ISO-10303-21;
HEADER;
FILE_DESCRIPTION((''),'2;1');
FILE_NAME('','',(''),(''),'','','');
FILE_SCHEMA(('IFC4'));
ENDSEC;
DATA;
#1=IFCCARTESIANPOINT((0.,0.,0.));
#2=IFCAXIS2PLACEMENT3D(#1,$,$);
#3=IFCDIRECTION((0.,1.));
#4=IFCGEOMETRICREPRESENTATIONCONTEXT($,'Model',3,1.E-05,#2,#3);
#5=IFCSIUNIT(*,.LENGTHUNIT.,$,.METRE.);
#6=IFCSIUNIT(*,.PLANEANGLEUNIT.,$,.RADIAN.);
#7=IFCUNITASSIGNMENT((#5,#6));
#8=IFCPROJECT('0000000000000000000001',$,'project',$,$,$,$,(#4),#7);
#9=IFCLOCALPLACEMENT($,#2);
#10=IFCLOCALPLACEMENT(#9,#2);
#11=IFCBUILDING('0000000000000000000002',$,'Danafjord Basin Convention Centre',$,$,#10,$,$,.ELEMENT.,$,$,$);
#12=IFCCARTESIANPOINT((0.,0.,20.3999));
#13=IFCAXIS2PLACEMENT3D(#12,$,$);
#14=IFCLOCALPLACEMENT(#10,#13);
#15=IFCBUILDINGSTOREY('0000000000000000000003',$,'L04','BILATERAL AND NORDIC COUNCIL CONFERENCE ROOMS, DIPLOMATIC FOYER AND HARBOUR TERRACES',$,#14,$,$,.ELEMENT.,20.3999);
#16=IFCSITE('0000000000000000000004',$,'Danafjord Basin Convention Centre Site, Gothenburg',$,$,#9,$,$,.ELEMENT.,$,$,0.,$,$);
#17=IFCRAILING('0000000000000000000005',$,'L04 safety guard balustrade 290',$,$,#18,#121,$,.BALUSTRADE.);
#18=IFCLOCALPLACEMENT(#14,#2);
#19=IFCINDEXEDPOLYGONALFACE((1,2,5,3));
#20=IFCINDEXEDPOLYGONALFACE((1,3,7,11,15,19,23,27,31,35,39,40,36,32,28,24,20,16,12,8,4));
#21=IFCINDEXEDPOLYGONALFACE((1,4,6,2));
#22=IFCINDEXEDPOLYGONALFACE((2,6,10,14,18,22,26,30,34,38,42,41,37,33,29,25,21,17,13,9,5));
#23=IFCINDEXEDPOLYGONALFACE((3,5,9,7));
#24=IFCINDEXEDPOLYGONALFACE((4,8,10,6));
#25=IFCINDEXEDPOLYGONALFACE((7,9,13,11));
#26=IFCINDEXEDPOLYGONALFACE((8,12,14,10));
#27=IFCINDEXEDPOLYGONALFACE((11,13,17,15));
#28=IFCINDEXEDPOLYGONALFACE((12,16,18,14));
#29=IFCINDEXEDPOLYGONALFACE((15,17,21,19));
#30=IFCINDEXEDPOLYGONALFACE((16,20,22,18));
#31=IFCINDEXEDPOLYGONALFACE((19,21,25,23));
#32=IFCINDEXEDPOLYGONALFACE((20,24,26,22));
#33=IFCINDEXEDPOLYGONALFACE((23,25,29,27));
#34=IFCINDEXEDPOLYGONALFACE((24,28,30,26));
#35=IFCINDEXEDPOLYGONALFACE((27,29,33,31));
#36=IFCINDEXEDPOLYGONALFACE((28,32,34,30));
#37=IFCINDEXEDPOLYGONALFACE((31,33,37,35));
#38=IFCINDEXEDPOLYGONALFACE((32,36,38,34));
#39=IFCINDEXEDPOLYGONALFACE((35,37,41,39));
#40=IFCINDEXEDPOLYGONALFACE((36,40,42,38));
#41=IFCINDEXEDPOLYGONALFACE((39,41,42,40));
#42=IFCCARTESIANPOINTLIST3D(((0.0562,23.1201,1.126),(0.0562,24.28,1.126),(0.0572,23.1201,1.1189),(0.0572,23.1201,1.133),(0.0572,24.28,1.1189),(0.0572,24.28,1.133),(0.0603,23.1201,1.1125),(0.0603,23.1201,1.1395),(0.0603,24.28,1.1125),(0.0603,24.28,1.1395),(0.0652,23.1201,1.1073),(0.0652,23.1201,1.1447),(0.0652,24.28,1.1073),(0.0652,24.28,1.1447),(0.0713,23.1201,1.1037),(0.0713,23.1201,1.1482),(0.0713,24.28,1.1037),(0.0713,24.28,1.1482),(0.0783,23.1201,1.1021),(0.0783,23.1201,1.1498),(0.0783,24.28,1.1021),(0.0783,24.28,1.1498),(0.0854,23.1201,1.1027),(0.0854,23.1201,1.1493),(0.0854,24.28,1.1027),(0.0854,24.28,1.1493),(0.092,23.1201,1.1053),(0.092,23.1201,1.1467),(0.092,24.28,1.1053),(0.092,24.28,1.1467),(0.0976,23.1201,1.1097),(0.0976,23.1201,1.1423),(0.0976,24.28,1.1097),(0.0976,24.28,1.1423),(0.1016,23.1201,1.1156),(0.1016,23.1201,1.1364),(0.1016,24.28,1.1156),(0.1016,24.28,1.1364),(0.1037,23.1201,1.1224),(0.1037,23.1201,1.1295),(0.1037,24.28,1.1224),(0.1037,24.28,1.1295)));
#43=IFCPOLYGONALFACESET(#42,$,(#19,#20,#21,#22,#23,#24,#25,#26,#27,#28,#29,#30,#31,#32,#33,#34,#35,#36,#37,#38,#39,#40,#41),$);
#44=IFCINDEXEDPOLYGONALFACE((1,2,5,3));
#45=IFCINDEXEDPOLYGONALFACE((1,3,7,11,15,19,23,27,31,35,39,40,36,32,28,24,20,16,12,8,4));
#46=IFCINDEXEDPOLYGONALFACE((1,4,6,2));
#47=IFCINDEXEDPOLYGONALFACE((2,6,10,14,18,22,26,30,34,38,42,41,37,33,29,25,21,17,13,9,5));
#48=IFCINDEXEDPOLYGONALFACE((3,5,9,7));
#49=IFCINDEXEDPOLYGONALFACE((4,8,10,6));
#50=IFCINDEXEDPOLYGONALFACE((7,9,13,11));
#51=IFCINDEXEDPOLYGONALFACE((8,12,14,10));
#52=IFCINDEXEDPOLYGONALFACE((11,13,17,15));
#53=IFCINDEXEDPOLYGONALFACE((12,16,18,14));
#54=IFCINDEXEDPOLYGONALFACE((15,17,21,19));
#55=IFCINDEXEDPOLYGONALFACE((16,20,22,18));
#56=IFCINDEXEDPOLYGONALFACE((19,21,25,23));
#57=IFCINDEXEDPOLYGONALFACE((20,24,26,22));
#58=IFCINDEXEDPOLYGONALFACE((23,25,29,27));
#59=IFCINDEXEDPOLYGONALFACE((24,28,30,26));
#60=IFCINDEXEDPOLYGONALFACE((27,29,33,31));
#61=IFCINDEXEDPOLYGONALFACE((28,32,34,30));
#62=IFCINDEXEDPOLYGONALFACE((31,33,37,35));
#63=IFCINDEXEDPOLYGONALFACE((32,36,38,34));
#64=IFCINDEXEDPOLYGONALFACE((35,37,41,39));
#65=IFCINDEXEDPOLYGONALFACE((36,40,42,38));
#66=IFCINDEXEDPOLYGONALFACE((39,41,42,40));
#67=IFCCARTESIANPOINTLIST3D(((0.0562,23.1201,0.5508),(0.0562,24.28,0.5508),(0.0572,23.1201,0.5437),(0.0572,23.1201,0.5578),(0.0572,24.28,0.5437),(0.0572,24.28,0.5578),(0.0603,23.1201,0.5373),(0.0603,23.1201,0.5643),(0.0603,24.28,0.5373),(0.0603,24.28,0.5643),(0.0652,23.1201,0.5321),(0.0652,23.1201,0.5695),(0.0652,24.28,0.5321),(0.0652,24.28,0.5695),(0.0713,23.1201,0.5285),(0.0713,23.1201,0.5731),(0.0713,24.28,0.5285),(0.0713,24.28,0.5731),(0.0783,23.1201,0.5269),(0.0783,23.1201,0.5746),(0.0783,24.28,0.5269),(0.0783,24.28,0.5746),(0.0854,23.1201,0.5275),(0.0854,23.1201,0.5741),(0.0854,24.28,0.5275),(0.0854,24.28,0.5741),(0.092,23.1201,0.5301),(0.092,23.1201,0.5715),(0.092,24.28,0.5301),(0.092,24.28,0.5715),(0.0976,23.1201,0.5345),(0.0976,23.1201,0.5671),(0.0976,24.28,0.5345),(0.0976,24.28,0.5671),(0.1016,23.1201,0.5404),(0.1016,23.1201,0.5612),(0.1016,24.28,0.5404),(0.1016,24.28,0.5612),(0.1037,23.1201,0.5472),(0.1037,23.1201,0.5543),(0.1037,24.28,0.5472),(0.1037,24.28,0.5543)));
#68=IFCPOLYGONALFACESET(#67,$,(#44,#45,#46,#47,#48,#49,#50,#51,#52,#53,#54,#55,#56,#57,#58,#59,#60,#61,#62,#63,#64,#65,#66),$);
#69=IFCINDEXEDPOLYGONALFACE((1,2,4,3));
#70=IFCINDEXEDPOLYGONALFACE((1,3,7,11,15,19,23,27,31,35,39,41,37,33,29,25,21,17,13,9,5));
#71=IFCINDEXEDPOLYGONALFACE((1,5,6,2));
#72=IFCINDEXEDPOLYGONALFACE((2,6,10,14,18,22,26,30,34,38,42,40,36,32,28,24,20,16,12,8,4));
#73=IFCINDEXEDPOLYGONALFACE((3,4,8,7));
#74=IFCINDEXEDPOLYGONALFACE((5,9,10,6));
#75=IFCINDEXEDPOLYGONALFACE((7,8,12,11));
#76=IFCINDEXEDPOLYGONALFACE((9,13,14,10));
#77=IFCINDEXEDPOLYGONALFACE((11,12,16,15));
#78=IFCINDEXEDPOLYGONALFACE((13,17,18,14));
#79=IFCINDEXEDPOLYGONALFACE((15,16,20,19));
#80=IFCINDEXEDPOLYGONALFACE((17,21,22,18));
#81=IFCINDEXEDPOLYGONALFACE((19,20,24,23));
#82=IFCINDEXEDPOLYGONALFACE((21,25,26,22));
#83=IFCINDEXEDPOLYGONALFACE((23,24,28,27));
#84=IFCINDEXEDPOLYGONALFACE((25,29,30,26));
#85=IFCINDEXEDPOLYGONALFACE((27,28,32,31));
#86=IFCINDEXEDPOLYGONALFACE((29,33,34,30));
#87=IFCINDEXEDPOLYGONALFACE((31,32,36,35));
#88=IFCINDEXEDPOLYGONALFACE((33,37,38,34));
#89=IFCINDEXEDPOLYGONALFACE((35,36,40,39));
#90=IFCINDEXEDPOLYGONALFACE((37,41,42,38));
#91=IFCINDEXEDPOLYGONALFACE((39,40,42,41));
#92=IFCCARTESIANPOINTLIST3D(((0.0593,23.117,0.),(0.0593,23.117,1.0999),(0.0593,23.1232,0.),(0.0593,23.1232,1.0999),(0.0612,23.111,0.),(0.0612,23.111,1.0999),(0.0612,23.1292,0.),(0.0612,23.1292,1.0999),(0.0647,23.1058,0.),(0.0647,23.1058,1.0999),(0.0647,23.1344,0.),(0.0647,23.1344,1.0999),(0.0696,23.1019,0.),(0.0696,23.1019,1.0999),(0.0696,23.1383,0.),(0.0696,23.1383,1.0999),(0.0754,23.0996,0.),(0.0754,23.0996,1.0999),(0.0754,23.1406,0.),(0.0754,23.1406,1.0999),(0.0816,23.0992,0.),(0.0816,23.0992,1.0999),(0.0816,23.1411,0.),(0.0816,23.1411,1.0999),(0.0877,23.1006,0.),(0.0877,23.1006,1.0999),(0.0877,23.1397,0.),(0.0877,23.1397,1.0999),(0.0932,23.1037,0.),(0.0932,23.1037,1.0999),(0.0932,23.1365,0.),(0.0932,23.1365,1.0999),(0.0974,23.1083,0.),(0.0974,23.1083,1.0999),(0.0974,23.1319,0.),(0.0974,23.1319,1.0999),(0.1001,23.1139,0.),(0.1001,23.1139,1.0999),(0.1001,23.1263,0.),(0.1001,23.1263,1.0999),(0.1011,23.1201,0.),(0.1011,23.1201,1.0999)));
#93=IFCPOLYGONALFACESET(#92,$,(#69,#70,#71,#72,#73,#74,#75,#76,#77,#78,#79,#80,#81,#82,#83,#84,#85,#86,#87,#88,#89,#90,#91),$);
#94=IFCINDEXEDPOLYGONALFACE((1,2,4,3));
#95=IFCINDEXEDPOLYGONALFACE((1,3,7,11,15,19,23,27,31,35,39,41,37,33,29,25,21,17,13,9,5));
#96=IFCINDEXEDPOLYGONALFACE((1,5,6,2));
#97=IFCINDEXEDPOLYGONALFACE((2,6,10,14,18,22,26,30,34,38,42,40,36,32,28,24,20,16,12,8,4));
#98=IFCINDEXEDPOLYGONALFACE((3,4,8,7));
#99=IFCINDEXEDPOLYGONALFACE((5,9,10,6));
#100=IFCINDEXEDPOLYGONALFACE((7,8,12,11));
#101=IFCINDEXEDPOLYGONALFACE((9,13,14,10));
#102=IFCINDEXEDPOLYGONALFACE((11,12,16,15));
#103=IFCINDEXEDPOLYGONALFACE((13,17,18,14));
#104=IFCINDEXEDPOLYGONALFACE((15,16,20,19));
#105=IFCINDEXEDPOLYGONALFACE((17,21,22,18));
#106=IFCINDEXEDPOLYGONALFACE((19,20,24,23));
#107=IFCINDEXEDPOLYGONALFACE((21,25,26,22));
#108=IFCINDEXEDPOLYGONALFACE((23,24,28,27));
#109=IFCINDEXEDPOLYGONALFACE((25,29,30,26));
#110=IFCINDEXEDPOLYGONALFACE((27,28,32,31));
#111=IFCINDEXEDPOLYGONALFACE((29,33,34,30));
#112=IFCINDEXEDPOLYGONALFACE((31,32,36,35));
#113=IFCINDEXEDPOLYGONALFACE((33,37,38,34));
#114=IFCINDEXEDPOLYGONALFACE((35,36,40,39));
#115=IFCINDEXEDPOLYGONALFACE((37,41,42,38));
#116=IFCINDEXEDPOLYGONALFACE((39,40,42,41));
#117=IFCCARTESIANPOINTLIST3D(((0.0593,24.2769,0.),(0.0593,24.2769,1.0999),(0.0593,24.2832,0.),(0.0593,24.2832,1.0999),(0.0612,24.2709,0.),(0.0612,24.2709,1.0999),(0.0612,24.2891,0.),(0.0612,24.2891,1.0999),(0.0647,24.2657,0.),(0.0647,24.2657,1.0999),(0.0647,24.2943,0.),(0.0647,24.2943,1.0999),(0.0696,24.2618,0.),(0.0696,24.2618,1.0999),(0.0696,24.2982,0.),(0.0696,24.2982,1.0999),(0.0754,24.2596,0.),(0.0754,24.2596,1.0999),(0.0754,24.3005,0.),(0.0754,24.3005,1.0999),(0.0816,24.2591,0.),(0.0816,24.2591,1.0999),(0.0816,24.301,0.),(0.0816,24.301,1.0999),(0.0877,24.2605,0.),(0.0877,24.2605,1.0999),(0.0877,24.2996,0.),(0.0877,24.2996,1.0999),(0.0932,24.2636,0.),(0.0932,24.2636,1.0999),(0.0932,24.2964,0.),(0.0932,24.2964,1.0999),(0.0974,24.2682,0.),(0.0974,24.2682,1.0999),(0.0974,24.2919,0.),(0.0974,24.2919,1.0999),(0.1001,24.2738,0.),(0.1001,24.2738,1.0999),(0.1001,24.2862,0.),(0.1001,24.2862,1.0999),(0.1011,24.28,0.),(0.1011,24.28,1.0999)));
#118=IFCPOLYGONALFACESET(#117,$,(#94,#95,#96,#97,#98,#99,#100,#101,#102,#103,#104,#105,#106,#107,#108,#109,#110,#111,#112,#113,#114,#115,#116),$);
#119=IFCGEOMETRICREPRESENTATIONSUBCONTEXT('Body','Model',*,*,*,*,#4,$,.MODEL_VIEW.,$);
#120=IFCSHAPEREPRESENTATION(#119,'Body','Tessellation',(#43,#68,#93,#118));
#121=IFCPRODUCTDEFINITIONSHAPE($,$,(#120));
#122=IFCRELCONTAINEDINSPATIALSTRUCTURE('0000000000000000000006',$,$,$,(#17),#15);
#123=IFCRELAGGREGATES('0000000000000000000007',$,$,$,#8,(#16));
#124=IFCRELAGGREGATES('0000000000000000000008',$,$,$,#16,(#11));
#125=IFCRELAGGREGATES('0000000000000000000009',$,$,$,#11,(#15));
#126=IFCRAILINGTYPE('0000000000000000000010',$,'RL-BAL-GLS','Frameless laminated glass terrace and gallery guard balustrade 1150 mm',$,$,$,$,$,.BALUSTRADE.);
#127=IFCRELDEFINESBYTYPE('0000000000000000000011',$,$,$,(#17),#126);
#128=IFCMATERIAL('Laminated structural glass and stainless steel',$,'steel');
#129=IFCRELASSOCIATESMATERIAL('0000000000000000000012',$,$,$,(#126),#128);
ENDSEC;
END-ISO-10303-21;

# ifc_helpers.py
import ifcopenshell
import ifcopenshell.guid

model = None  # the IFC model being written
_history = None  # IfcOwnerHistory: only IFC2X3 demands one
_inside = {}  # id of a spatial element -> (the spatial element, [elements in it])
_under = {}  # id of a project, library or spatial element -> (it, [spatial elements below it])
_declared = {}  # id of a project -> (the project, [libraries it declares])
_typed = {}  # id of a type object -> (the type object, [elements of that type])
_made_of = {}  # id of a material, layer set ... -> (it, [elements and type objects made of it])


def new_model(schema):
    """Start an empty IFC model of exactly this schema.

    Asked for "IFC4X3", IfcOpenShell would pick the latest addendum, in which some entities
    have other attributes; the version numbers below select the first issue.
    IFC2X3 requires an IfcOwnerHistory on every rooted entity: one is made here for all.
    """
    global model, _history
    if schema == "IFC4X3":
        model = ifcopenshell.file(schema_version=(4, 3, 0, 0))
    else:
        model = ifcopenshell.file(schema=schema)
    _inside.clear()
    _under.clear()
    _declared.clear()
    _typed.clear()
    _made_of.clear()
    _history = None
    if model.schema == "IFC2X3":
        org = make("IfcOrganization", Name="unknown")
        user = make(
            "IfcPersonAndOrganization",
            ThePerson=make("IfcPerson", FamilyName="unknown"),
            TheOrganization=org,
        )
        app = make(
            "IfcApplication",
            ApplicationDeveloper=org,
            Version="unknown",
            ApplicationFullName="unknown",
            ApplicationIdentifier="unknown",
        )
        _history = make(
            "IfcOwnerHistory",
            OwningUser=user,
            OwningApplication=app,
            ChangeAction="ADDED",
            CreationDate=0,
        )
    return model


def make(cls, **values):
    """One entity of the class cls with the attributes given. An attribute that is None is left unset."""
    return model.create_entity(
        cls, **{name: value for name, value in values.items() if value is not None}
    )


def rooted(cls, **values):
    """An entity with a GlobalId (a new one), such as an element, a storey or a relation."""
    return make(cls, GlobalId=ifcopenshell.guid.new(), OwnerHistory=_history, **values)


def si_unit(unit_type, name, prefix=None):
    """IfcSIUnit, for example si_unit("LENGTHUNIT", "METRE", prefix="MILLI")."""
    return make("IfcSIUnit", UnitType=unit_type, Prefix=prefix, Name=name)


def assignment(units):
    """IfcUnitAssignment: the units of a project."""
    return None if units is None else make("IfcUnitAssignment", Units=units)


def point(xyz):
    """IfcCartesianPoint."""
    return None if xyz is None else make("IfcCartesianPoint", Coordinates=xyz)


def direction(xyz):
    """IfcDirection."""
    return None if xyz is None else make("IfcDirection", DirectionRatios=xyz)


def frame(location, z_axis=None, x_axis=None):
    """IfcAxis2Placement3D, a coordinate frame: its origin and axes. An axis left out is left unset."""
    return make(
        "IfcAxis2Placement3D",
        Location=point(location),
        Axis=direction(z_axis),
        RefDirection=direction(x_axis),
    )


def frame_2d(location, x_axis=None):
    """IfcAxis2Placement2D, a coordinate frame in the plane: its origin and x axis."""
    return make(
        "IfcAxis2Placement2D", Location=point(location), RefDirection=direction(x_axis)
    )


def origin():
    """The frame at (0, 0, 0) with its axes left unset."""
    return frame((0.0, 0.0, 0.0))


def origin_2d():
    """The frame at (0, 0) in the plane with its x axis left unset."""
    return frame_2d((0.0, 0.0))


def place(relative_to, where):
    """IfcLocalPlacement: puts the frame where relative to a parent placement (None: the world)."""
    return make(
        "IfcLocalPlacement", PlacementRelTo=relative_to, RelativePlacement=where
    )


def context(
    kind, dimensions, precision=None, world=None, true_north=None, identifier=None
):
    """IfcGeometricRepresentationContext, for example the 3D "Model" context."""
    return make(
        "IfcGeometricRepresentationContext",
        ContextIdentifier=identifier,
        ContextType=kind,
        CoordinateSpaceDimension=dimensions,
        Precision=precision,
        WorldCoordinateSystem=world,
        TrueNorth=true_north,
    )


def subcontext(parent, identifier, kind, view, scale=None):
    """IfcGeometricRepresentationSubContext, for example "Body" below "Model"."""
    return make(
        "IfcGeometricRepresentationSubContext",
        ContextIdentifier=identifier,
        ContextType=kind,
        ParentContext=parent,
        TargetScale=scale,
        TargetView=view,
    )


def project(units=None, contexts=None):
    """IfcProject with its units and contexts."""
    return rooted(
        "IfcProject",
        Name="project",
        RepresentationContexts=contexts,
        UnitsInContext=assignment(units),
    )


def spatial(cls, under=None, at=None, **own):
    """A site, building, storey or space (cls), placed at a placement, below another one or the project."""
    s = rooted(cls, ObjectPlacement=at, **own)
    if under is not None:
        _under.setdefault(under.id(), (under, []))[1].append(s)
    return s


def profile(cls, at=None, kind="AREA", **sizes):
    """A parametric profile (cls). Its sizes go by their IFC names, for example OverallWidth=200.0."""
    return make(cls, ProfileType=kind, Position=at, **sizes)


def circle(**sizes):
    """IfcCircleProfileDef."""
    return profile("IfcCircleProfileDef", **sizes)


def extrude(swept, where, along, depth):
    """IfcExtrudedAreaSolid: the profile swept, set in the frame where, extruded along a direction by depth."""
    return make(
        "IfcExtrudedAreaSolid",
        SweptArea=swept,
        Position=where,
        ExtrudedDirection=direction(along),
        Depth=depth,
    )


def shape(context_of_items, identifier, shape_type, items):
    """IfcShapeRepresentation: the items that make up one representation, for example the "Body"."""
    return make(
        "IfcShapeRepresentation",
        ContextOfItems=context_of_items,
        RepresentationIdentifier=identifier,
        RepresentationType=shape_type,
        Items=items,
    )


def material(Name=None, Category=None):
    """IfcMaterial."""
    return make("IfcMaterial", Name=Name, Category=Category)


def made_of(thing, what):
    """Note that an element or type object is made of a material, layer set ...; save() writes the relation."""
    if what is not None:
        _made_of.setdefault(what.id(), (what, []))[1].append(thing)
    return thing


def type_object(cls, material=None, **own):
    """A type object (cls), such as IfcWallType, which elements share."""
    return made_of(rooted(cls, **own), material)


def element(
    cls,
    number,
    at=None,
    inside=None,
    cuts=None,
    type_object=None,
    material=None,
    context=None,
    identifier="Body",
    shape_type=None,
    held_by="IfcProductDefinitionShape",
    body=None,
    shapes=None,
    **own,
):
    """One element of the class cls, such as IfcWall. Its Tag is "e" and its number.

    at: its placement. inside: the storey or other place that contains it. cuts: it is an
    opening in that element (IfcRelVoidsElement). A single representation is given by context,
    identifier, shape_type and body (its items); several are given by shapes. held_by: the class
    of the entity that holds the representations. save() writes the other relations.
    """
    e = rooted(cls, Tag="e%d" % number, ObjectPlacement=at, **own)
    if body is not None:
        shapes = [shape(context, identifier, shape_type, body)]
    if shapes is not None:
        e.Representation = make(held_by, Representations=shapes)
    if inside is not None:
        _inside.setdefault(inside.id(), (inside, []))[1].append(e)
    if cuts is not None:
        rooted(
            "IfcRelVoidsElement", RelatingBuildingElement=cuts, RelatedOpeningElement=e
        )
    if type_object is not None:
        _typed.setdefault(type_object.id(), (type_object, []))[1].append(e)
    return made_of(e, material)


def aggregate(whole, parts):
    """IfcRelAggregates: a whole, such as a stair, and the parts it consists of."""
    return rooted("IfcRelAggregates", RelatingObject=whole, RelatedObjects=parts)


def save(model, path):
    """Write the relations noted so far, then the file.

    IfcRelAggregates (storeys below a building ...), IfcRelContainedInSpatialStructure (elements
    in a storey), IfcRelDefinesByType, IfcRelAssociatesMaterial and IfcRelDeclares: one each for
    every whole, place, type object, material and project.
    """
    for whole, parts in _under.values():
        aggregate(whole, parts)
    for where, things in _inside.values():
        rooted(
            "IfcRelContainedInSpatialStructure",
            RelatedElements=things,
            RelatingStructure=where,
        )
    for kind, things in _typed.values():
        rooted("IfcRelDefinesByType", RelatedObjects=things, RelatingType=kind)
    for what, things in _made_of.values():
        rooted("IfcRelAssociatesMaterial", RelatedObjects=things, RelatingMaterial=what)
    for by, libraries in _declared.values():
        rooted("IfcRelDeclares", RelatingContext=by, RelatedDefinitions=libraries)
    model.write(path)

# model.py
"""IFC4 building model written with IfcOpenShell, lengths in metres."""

from ifc_helpers import new_model, si_unit, direction, frame, origin, origin_2d, place, context, subcontext, project, spatial, circle, extrude, material, type_object, element, save


model = new_model("IFC4")

# Units and contexts
model_context = context("Model", 3, precision=1e-05, world=origin(), true_north=direction((0.0, 1.0)))
body_context = subcontext(model_context, "Body", "Model", "MODEL_VIEW")
ifc_project = project(units=[si_unit("LENGTHUNIT", "METRE"), si_unit("PLANEANGLEUNIT", "RADIAN")], contexts=[model_context])

# Site, building, storey
site_placement = place(None, origin())
site = spatial("IfcSite", under=ifc_project, at=site_placement, Name="Danafjord Basin Convention Centre Site, Gothenburg", CompositionType="ELEMENT", RefElevation=0.0)
building_placement = place(site_placement, origin())
building = spatial("IfcBuilding", under=site, at=building_placement, Name="Danafjord Basin Convention Centre", CompositionType="ELEMENT")
storey_placement = place(building_placement, frame((0.0, 0.0, 20.3999)))
storey = spatial("IfcBuildingStorey", under=building, at=storey_placement, Name="L04", Description="BILATERAL AND NORDIC COUNCIL CONFERENCE ROOMS, DIPLOMATIC FOYER AND HARBOUR TERRACES", CompositionType="ELEMENT", Elevation=20.3999)

# Railing
ifc_material_1 = material(Name="Laminated structural glass and stainless steel", Category="steel")
railing_type = type_object("IfcRailingType", Name="RL-BAL-GLS", Description="Frameless laminated glass terrace and gallery guard balustrade 1150 mm", PredefinedType="BALUSTRADE", material=ifc_material_1)
for number, where, name in (
    (1, (0.0801, 23.1201, 0.0), "L04 safety guard balustrade 290"),
):
    element("IfcRailing", number, at=place(storey_placement, frame(where)), inside=storey, type_object=railing_type, Name=name, PredefinedType="BALUSTRADE", context=body_context, shape_type="SweptSolid", body=[
        extrude(circle(Radius=0.0239, at=origin_2d()), frame((0.0, 0.0, 1.126), z_axis=(0.0, 1.0, 0.0), x_axis=(-1.0, 0.0, 0.0)), (0.0, 0.0, 1.0), 1.1599),
        extrude(circle(Radius=0.0239, at=origin_2d()), frame((0.0, 0.0, 0.5508), z_axis=(0.0, 1.0, 0.0), x_axis=(-1.0, 0.0, 0.0)), (0.0, 0.0, 1.0), 1.1599),
        extrude(circle(Radius=0.021, at=origin_2d()), origin(), (0.0, 0.0, 1.0), 1.0999),
        extrude(circle(Radius=0.021, at=origin_2d()), frame((0.0, 1.1599, 0.0)), (0.0, 0.0, 1.0), 1.0999),
    ])

save(model, "model.ifc")
